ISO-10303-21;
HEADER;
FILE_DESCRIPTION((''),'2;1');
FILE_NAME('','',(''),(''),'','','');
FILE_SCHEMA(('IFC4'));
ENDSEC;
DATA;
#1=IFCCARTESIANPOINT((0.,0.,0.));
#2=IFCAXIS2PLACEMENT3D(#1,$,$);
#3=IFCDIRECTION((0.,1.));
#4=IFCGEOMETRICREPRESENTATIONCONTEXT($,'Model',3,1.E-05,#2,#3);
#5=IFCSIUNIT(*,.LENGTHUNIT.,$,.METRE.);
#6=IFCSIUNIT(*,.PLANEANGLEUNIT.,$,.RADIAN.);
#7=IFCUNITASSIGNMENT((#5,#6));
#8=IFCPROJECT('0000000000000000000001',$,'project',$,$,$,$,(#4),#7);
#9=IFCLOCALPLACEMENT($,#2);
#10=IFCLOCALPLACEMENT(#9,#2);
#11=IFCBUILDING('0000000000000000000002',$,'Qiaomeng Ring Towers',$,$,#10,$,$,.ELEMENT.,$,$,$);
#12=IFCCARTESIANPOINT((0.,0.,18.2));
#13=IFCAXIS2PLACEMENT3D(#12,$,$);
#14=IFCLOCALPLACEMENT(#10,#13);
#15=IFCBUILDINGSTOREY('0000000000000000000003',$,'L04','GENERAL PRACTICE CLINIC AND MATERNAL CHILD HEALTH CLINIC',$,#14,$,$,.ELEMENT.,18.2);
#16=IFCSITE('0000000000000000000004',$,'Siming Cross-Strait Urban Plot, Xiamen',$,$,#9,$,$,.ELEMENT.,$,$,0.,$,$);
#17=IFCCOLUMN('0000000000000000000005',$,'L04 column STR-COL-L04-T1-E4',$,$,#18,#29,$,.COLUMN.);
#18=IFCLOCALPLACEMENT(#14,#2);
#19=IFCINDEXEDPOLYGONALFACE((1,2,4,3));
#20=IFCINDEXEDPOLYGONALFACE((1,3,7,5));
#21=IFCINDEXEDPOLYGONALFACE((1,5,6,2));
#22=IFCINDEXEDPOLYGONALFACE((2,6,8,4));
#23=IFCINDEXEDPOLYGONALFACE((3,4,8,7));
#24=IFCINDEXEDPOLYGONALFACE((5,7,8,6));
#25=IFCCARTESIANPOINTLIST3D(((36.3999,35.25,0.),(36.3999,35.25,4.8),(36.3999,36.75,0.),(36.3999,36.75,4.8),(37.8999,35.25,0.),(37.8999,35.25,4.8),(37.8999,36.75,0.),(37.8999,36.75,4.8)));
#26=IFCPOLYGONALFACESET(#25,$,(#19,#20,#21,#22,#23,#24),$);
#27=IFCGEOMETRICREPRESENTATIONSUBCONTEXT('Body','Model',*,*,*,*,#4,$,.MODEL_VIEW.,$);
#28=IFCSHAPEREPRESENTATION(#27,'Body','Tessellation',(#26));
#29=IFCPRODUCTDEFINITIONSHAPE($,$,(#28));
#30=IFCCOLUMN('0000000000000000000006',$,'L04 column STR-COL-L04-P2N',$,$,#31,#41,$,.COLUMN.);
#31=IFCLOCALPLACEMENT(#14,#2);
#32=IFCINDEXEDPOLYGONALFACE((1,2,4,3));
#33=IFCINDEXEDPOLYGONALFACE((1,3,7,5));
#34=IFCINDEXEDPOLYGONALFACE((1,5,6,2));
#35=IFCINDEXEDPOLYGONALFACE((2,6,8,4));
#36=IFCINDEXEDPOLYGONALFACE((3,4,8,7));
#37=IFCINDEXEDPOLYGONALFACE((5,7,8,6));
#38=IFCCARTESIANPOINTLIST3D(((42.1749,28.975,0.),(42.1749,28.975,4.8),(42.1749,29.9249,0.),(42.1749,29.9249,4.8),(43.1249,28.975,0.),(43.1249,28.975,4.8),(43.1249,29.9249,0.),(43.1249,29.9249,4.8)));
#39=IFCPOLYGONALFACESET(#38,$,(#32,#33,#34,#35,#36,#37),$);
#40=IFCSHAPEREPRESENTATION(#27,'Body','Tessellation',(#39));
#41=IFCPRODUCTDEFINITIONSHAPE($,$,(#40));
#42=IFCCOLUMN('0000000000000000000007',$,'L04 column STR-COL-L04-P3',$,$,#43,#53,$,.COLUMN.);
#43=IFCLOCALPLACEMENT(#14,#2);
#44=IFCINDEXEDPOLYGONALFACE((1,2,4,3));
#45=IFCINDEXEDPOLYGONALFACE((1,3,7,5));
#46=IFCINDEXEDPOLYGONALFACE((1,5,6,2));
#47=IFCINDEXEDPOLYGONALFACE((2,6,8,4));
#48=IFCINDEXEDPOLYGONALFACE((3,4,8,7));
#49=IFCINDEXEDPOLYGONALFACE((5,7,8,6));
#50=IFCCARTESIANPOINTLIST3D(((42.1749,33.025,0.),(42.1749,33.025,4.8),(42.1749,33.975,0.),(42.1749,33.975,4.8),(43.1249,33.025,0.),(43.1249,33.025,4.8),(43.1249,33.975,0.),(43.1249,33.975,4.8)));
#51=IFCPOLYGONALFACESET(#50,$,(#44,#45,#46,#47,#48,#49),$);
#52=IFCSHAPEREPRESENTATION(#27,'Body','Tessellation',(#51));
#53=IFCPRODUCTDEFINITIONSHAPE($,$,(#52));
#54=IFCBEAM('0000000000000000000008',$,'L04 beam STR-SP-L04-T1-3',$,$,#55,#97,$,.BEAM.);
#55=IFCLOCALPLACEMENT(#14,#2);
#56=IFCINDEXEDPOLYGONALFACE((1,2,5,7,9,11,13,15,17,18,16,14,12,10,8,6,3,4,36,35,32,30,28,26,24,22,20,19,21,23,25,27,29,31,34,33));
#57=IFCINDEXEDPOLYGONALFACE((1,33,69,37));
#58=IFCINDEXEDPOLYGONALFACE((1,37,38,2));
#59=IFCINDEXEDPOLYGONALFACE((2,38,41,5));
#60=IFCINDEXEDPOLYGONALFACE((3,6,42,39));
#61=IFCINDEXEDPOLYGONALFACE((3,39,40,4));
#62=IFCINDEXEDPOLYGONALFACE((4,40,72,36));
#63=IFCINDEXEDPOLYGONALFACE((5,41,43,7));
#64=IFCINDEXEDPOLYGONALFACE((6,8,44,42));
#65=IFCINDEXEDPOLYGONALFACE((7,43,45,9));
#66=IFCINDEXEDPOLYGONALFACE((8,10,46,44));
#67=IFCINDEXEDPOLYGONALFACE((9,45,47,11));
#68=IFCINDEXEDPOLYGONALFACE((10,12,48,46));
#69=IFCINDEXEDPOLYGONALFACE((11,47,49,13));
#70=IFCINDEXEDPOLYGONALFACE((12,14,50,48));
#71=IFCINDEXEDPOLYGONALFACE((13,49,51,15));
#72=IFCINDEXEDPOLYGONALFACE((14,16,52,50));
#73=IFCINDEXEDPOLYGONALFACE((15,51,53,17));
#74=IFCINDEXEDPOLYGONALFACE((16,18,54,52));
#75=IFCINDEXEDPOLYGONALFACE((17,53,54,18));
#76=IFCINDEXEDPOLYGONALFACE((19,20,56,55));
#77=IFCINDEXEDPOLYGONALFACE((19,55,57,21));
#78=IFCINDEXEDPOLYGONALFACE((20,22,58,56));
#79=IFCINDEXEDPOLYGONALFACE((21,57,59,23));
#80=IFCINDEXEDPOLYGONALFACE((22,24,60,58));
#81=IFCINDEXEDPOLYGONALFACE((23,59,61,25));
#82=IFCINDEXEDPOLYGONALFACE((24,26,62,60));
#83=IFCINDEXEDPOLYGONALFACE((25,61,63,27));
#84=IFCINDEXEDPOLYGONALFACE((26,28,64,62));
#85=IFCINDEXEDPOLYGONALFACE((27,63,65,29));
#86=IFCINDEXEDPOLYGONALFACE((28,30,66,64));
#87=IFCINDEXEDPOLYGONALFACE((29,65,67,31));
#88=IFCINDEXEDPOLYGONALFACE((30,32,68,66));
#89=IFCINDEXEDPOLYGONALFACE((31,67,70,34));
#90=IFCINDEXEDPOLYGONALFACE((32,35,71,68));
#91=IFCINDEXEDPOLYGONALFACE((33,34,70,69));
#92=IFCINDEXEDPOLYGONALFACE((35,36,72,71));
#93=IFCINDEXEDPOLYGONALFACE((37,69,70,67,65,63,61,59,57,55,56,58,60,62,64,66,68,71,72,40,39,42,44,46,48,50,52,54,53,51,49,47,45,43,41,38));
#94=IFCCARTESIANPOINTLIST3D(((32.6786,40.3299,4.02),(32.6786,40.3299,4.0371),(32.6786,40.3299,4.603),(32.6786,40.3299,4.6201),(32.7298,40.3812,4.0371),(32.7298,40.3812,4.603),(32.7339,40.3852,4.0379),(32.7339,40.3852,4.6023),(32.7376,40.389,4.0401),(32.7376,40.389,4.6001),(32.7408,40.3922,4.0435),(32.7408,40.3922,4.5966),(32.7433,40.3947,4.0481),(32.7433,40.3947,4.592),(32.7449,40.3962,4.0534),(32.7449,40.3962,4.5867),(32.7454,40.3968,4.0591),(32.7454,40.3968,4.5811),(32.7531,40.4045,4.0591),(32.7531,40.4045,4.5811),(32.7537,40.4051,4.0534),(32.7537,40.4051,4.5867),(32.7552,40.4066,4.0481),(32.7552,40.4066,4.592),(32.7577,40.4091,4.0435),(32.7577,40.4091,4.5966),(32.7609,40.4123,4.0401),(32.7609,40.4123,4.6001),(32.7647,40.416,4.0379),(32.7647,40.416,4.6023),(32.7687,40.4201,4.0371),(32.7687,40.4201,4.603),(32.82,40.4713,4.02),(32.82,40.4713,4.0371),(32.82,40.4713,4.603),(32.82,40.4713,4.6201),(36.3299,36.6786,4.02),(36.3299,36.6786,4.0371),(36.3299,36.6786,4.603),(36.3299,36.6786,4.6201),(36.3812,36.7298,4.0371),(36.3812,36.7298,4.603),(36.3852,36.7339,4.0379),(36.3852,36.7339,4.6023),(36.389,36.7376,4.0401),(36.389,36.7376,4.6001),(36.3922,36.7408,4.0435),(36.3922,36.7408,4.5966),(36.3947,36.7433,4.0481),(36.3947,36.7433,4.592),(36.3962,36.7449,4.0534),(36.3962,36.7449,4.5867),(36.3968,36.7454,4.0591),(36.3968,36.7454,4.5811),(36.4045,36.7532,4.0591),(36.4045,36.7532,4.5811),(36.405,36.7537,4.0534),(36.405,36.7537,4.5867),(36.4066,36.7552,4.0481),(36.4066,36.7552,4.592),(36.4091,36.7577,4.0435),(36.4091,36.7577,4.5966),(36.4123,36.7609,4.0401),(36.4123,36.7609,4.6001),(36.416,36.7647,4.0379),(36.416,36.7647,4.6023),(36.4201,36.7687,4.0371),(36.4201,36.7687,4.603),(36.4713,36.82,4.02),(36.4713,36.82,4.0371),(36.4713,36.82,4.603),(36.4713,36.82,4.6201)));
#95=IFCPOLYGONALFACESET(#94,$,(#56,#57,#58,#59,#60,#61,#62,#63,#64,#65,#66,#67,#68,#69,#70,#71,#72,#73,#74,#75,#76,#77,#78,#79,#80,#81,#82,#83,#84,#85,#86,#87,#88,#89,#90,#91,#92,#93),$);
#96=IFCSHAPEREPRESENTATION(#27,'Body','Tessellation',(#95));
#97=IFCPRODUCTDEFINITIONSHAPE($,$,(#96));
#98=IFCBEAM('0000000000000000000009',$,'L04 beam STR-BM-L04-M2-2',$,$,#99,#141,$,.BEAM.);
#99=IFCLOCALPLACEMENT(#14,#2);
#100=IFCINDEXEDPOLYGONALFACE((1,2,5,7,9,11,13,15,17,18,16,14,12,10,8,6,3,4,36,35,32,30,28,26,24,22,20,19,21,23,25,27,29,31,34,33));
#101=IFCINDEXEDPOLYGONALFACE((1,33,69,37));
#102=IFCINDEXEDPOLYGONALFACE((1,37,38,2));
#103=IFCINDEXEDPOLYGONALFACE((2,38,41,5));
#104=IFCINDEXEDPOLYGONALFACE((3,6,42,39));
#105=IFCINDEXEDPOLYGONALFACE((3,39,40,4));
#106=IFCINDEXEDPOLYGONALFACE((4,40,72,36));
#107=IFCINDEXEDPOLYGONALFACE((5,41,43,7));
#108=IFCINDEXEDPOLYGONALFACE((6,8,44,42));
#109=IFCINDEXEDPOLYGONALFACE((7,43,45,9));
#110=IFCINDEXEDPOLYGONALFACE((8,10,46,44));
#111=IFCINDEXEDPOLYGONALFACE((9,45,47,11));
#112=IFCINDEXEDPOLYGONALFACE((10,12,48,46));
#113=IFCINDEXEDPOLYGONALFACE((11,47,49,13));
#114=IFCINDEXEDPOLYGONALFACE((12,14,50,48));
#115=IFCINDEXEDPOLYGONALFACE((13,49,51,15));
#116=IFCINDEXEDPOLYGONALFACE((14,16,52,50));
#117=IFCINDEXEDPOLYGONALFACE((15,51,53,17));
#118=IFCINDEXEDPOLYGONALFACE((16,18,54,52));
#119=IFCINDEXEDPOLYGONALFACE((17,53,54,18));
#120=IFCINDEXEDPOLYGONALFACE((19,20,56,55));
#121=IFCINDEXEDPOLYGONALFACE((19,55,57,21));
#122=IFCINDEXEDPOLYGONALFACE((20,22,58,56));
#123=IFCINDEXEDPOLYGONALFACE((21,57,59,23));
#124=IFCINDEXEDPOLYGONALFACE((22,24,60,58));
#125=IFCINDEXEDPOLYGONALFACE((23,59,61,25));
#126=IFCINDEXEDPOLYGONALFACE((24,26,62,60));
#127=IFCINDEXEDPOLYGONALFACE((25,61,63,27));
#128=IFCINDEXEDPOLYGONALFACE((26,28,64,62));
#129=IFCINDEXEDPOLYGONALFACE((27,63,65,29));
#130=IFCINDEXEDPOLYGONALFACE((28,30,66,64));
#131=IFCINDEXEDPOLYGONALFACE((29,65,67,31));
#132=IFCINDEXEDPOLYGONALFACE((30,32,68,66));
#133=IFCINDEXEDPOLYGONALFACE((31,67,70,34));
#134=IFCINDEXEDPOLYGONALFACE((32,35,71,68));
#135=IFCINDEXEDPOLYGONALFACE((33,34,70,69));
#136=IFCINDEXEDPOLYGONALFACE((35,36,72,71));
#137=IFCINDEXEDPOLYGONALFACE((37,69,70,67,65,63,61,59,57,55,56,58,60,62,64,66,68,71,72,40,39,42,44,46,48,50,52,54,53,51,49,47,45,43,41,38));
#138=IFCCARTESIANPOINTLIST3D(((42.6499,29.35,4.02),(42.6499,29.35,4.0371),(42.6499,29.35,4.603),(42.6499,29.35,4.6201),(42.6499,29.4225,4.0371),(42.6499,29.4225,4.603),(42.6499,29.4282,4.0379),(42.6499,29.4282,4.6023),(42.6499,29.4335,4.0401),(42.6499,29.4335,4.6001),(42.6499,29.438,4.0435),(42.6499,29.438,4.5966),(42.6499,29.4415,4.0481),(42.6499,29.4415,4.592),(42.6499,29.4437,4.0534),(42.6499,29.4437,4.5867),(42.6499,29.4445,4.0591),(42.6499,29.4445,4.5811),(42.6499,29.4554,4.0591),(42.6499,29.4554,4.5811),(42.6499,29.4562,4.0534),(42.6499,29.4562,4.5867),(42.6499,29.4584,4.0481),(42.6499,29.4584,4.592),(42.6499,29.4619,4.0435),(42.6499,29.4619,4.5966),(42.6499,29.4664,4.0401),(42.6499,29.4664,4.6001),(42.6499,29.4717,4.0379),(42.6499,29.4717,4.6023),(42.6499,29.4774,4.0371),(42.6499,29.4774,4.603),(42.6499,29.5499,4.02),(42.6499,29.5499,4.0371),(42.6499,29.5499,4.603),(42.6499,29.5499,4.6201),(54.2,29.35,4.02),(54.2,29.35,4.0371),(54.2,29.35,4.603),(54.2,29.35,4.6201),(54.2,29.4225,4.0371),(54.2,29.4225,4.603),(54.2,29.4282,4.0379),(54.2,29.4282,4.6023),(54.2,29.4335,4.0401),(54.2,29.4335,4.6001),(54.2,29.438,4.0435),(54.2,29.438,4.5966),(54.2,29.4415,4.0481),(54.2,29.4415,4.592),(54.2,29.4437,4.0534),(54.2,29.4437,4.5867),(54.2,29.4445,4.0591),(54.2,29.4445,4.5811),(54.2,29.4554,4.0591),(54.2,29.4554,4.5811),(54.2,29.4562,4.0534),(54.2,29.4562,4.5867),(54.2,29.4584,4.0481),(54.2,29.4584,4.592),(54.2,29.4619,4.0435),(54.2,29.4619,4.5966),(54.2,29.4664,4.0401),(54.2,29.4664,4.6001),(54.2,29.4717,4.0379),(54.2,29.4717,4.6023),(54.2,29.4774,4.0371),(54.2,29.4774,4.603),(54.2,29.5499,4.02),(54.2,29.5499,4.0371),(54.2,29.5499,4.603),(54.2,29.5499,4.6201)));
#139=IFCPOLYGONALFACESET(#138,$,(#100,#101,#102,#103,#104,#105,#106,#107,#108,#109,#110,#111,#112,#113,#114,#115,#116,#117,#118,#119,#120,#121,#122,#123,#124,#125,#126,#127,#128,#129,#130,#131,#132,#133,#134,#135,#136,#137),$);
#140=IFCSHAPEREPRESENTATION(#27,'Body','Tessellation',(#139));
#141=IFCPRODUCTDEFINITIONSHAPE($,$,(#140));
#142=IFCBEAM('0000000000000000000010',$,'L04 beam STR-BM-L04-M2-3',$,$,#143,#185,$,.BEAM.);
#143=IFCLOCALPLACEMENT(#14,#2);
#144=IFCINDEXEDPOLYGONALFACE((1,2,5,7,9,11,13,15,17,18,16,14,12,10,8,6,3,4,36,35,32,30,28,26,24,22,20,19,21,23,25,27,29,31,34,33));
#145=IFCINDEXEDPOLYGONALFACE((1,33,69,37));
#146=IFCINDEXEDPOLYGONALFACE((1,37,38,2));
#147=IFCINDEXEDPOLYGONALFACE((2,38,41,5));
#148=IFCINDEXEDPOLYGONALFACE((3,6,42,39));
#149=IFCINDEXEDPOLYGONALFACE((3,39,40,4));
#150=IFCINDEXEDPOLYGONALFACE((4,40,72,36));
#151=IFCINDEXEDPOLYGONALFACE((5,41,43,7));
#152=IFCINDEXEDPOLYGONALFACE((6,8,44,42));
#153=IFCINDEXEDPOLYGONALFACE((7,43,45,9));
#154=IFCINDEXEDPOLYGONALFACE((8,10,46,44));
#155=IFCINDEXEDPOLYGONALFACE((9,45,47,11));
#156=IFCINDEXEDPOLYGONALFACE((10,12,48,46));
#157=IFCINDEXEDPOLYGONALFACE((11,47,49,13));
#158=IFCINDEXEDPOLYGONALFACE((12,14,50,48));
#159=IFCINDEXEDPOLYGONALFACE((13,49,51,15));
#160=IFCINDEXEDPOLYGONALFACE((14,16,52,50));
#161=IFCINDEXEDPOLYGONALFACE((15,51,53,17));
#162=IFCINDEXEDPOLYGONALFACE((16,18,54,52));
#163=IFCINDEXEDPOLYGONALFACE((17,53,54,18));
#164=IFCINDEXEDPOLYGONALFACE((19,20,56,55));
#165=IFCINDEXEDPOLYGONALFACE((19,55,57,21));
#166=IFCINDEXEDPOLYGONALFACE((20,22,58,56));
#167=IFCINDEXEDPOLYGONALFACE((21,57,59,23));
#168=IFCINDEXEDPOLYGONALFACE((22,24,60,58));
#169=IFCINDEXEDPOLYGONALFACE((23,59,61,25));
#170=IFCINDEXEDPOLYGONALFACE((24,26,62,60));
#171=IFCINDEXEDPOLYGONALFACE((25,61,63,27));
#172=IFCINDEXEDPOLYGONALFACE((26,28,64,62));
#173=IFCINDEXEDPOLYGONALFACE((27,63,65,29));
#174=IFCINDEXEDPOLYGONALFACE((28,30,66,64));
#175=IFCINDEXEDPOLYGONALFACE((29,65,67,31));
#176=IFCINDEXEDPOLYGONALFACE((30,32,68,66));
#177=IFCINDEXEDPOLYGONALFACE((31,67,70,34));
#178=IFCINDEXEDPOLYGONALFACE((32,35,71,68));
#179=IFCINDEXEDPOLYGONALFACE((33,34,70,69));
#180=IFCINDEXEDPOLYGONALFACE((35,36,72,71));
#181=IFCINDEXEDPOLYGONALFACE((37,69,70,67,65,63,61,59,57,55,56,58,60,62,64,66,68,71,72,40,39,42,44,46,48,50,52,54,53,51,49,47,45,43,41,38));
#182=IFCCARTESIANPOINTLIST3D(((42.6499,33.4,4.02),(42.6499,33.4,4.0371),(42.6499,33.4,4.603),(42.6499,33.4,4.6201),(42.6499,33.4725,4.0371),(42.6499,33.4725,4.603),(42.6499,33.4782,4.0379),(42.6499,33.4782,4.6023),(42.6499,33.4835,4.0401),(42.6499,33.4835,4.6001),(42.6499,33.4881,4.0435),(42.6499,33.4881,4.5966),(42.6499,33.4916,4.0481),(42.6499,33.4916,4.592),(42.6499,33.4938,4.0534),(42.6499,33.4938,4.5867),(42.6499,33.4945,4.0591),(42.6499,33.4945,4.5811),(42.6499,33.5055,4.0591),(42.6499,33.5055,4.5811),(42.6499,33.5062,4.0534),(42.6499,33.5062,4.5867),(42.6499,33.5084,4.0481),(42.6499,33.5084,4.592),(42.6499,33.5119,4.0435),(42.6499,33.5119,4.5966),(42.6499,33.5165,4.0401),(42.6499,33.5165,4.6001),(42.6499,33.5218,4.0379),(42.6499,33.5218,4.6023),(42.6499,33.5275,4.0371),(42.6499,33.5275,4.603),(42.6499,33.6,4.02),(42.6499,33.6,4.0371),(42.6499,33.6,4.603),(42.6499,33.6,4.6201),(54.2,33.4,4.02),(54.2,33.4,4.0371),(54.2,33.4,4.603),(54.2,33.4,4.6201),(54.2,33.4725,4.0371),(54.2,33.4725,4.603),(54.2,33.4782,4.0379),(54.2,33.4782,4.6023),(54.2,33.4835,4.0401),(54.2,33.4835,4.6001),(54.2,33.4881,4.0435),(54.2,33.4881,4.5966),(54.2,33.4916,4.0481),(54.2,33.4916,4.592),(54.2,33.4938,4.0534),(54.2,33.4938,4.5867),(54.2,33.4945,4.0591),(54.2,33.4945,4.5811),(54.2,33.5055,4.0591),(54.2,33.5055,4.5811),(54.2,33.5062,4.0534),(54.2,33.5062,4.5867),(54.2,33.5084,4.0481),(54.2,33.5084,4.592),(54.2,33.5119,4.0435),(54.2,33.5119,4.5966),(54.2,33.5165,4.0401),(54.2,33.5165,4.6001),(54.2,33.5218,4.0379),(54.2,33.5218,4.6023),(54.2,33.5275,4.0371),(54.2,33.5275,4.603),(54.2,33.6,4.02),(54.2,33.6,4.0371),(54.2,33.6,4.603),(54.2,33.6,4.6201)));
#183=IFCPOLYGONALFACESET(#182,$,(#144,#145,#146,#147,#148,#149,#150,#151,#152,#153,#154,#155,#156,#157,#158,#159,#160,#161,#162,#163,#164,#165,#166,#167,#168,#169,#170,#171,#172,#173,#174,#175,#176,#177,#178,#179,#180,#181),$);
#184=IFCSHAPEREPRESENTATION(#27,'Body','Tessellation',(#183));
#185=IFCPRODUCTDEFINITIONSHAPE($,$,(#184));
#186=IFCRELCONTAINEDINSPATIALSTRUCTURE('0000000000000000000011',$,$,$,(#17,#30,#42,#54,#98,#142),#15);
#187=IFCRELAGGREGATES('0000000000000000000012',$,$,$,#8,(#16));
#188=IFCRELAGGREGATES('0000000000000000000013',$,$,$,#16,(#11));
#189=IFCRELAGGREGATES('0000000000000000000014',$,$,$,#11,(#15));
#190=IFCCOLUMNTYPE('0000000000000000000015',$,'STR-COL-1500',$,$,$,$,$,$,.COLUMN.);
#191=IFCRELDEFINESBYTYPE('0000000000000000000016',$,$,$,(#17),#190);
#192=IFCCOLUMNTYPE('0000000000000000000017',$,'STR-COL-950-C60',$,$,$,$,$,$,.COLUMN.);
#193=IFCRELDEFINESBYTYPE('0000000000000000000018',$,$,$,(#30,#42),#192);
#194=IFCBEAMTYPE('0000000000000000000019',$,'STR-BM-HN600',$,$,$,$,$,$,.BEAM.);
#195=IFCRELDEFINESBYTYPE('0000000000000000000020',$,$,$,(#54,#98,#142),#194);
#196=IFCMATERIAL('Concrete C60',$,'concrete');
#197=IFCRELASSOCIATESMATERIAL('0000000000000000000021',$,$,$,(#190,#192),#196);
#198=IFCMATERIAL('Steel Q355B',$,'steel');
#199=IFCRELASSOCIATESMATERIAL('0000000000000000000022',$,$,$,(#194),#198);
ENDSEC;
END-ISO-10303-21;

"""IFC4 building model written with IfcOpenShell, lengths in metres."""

from ifc_helpers import new_model, si_unit, direction, frame, origin, origin_2d, place, context, subcontext, project, spatial, rectangle, i_section, extrude, source, transform, mapped, material, material_profile, profile_set, type_object, element, save


model = new_model("IFC4")

# Units and contexts
model_context = context("Model", 3, precision=1e-05, world=origin(), true_north=direction((0.0, 1.0)))
body_context = subcontext(model_context, "Body", "Model", "MODEL_VIEW")
ifc_project = project(units=[si_unit("LENGTHUNIT", "METRE"), si_unit("PLANEANGLEUNIT", "RADIAN")], contexts=[model_context])

# Site, building, storey
site_placement = place(None, origin())
site = spatial("IfcSite", under=ifc_project, at=site_placement, Name="Siming Cross-Strait Urban Plot, Xiamen", CompositionType="ELEMENT", RefElevation=0.0)
building_placement = place(site_placement, origin())
building = spatial("IfcBuilding", under=site, at=building_placement, Name="Qiaomeng Ring Towers", CompositionType="ELEMENT")
storey_placement = place(building_placement, frame((0.0, 0.0, 18.2)))
storey = spatial("IfcBuildingStorey", under=building, at=storey_placement, Name="L04", Description="GENERAL PRACTICE CLINIC AND MATERNAL CHILD HEALTH CLINIC", CompositionType="ELEMENT", Elevation=18.2)

# Columns
ifc_material_1 = material(Name="Concrete C60", Category="concrete")
ifc_material_profile_1 = material_profile(ifc_material_1, rectangle(XDim=1.5, YDim=1.5, at=origin_2d()), Name="RC COL 1500x1500")
ifc_profile_set_1 = profile_set([ifc_material_profile_1], Name="Concrete C60")
column_type_1 = type_object("IfcColumnType", Name="STR-COL-1500", PredefinedType="COLUMN", material=ifc_profile_set_1)
shared_shape_1 = source(origin(), body_context, "Body", "SweptSolid", [
    extrude(rectangle(XDim=1.5, YDim=1.5, at=origin_2d()), origin(), (0.0, 0.0, 1.0), 4.8),
])
column_placement = place(storey_placement, frame((37.1499, 36.0, 0.0), z_axis=(0.0, 0.0, 1.0), x_axis=(1.0, 0.0, 0.0)))
element("IfcColumn", 1, at=column_placement, inside=storey, type_object=column_type_1, Name="L04 column STR-COL-L04-T1-E4", PredefinedType="COLUMN", context=body_context, shape_type="MappedRepresentation", body=[
    mapped(shared_shape_1, transform((0.0, 0.0, 0.0), x_axis=(1.0, 0.0, 0.0), y_axis=(0.0, 1.0, 0.0), z_axis=(0.0, 0.0, 1.0), scale=1.0)),
])
ifc_material_profile_2 = material_profile(ifc_material_1, rectangle(XDim=0.95, YDim=0.95, at=origin_2d()), Name="RC COL 950x950")
ifc_profile_set_2 = profile_set([ifc_material_profile_2], Name="Concrete C60")
column_type_2 = type_object("IfcColumnType", Name="STR-COL-950-C60", PredefinedType="COLUMN", material=ifc_profile_set_2)
shared_shape_2 = source(origin(), body_context, "Body", "SweptSolid", [
    extrude(rectangle(XDim=0.95, YDim=0.95, at=origin_2d()), origin(), (0.0, 0.0, 1.0), 4.8),
])
for number, where, z_axis, x_axis, name in (
    (2, (42.6499, 29.45, 0.0), (0.0, 0.0, 1.0), (1.0, 0.0, 0.0), "L04 column STR-COL-L04-P2N"),
    (3, (42.6499, 33.5, 0.0), (0.0, 0.0, 1.0), (1.0, 0.0, 0.0), "L04 column STR-COL-L04-P3"),
):
    element("IfcColumn", number, at=place(storey_placement, frame(where, z_axis=z_axis, x_axis=x_axis)), inside=storey, type_object=column_type_2, Name=name, PredefinedType="COLUMN", context=body_context, shape_type="MappedRepresentation", body=[
        mapped(shared_shape_2, transform((0.0, 0.0, 0.0), x_axis=(1.0, 0.0, 0.0), y_axis=(0.0, 1.0, 0.0), z_axis=(0.0, 0.0, 1.0), scale=1.0)),
    ])

# Beams
ifc_material_2 = material(Name="Steel Q355B", Category="steel")
ifc_material_profile_3 = material_profile(ifc_material_2, i_section(OverallWidth=0.2, OverallDepth=0.6001, WebThickness=0.011, FlangeThickness=0.0171, FilletRadius=0.022, at=origin_2d()), Name="HN 600x200x11x17")
ifc_profile_set_3 = profile_set([ifc_material_profile_3], Name="Steel Q355B")
beam_type = type_object("IfcBeamType", Name="STR-BM-HN600", PredefinedType="BEAM", material=ifc_profile_set_3)
shared_shape_3 = source(origin(), body_context, "Body", "SweptSolid", [
    extrude(i_section(OverallWidth=0.2, OverallDepth=0.6001, WebThickness=0.011, FlangeThickness=0.0171, FilletRadius=0.022, at=origin_2d()), origin(), (0.0, 0.0, 1.0), 5.1638),
])
beam_placement = place(storey_placement, frame((36.4006, 36.7493, 4.3201), z_axis=(-0.707107, 0.707107, 0.0), x_axis=(-0.707107, -0.707107, 0.0)))
element("IfcBeam", 4, at=beam_placement, inside=storey, type_object=beam_type, Name="L04 beam STR-SP-L04-T1-3", PredefinedType="BEAM", context=body_context, shape_type="MappedRepresentation", body=[
    mapped(shared_shape_3, transform((0.0, 0.0, 0.0), x_axis=(1.0, 0.0, 0.0), y_axis=(0.0, 1.0, 0.0), z_axis=(0.0, 0.0, 1.0), scale=1.0)),
])
shared_shape_4 = source(origin(), body_context, "Body", "SweptSolid", [
    extrude(i_section(OverallWidth=0.2, OverallDepth=0.6001, WebThickness=0.011, FlangeThickness=0.0171, FilletRadius=0.022, at=origin_2d()), origin(), (0.0, 0.0, 1.0), 11.55),
])
for number, where, z_axis, x_axis, name in (
    (5, (42.6499, 29.45, 4.3201), (1.0, 0.0, 0.0), (0.0, 1.0, 0.0), "L04 beam STR-BM-L04-M2-2"),
    (6, (42.6499, 33.5, 4.3201), (1.0, 0.0, 0.0), (0.0, 1.0, 0.0), "L04 beam STR-BM-L04-M2-3"),
):
    element("IfcBeam", number, at=place(storey_placement, frame(where, z_axis=z_axis, x_axis=x_axis)), inside=storey, type_object=beam_type, Name=name, PredefinedType="BEAM", context=body_context, shape_type="MappedRepresentation", body=[
        mapped(shared_shape_4, transform((0.0, 0.0, 0.0), x_axis=(1.0, 0.0, 0.0), y_axis=(0.0, 1.0, 0.0), z_axis=(0.0, 0.0, 1.0), scale=1.0)),
    ])

save(model, "model.ifc")
